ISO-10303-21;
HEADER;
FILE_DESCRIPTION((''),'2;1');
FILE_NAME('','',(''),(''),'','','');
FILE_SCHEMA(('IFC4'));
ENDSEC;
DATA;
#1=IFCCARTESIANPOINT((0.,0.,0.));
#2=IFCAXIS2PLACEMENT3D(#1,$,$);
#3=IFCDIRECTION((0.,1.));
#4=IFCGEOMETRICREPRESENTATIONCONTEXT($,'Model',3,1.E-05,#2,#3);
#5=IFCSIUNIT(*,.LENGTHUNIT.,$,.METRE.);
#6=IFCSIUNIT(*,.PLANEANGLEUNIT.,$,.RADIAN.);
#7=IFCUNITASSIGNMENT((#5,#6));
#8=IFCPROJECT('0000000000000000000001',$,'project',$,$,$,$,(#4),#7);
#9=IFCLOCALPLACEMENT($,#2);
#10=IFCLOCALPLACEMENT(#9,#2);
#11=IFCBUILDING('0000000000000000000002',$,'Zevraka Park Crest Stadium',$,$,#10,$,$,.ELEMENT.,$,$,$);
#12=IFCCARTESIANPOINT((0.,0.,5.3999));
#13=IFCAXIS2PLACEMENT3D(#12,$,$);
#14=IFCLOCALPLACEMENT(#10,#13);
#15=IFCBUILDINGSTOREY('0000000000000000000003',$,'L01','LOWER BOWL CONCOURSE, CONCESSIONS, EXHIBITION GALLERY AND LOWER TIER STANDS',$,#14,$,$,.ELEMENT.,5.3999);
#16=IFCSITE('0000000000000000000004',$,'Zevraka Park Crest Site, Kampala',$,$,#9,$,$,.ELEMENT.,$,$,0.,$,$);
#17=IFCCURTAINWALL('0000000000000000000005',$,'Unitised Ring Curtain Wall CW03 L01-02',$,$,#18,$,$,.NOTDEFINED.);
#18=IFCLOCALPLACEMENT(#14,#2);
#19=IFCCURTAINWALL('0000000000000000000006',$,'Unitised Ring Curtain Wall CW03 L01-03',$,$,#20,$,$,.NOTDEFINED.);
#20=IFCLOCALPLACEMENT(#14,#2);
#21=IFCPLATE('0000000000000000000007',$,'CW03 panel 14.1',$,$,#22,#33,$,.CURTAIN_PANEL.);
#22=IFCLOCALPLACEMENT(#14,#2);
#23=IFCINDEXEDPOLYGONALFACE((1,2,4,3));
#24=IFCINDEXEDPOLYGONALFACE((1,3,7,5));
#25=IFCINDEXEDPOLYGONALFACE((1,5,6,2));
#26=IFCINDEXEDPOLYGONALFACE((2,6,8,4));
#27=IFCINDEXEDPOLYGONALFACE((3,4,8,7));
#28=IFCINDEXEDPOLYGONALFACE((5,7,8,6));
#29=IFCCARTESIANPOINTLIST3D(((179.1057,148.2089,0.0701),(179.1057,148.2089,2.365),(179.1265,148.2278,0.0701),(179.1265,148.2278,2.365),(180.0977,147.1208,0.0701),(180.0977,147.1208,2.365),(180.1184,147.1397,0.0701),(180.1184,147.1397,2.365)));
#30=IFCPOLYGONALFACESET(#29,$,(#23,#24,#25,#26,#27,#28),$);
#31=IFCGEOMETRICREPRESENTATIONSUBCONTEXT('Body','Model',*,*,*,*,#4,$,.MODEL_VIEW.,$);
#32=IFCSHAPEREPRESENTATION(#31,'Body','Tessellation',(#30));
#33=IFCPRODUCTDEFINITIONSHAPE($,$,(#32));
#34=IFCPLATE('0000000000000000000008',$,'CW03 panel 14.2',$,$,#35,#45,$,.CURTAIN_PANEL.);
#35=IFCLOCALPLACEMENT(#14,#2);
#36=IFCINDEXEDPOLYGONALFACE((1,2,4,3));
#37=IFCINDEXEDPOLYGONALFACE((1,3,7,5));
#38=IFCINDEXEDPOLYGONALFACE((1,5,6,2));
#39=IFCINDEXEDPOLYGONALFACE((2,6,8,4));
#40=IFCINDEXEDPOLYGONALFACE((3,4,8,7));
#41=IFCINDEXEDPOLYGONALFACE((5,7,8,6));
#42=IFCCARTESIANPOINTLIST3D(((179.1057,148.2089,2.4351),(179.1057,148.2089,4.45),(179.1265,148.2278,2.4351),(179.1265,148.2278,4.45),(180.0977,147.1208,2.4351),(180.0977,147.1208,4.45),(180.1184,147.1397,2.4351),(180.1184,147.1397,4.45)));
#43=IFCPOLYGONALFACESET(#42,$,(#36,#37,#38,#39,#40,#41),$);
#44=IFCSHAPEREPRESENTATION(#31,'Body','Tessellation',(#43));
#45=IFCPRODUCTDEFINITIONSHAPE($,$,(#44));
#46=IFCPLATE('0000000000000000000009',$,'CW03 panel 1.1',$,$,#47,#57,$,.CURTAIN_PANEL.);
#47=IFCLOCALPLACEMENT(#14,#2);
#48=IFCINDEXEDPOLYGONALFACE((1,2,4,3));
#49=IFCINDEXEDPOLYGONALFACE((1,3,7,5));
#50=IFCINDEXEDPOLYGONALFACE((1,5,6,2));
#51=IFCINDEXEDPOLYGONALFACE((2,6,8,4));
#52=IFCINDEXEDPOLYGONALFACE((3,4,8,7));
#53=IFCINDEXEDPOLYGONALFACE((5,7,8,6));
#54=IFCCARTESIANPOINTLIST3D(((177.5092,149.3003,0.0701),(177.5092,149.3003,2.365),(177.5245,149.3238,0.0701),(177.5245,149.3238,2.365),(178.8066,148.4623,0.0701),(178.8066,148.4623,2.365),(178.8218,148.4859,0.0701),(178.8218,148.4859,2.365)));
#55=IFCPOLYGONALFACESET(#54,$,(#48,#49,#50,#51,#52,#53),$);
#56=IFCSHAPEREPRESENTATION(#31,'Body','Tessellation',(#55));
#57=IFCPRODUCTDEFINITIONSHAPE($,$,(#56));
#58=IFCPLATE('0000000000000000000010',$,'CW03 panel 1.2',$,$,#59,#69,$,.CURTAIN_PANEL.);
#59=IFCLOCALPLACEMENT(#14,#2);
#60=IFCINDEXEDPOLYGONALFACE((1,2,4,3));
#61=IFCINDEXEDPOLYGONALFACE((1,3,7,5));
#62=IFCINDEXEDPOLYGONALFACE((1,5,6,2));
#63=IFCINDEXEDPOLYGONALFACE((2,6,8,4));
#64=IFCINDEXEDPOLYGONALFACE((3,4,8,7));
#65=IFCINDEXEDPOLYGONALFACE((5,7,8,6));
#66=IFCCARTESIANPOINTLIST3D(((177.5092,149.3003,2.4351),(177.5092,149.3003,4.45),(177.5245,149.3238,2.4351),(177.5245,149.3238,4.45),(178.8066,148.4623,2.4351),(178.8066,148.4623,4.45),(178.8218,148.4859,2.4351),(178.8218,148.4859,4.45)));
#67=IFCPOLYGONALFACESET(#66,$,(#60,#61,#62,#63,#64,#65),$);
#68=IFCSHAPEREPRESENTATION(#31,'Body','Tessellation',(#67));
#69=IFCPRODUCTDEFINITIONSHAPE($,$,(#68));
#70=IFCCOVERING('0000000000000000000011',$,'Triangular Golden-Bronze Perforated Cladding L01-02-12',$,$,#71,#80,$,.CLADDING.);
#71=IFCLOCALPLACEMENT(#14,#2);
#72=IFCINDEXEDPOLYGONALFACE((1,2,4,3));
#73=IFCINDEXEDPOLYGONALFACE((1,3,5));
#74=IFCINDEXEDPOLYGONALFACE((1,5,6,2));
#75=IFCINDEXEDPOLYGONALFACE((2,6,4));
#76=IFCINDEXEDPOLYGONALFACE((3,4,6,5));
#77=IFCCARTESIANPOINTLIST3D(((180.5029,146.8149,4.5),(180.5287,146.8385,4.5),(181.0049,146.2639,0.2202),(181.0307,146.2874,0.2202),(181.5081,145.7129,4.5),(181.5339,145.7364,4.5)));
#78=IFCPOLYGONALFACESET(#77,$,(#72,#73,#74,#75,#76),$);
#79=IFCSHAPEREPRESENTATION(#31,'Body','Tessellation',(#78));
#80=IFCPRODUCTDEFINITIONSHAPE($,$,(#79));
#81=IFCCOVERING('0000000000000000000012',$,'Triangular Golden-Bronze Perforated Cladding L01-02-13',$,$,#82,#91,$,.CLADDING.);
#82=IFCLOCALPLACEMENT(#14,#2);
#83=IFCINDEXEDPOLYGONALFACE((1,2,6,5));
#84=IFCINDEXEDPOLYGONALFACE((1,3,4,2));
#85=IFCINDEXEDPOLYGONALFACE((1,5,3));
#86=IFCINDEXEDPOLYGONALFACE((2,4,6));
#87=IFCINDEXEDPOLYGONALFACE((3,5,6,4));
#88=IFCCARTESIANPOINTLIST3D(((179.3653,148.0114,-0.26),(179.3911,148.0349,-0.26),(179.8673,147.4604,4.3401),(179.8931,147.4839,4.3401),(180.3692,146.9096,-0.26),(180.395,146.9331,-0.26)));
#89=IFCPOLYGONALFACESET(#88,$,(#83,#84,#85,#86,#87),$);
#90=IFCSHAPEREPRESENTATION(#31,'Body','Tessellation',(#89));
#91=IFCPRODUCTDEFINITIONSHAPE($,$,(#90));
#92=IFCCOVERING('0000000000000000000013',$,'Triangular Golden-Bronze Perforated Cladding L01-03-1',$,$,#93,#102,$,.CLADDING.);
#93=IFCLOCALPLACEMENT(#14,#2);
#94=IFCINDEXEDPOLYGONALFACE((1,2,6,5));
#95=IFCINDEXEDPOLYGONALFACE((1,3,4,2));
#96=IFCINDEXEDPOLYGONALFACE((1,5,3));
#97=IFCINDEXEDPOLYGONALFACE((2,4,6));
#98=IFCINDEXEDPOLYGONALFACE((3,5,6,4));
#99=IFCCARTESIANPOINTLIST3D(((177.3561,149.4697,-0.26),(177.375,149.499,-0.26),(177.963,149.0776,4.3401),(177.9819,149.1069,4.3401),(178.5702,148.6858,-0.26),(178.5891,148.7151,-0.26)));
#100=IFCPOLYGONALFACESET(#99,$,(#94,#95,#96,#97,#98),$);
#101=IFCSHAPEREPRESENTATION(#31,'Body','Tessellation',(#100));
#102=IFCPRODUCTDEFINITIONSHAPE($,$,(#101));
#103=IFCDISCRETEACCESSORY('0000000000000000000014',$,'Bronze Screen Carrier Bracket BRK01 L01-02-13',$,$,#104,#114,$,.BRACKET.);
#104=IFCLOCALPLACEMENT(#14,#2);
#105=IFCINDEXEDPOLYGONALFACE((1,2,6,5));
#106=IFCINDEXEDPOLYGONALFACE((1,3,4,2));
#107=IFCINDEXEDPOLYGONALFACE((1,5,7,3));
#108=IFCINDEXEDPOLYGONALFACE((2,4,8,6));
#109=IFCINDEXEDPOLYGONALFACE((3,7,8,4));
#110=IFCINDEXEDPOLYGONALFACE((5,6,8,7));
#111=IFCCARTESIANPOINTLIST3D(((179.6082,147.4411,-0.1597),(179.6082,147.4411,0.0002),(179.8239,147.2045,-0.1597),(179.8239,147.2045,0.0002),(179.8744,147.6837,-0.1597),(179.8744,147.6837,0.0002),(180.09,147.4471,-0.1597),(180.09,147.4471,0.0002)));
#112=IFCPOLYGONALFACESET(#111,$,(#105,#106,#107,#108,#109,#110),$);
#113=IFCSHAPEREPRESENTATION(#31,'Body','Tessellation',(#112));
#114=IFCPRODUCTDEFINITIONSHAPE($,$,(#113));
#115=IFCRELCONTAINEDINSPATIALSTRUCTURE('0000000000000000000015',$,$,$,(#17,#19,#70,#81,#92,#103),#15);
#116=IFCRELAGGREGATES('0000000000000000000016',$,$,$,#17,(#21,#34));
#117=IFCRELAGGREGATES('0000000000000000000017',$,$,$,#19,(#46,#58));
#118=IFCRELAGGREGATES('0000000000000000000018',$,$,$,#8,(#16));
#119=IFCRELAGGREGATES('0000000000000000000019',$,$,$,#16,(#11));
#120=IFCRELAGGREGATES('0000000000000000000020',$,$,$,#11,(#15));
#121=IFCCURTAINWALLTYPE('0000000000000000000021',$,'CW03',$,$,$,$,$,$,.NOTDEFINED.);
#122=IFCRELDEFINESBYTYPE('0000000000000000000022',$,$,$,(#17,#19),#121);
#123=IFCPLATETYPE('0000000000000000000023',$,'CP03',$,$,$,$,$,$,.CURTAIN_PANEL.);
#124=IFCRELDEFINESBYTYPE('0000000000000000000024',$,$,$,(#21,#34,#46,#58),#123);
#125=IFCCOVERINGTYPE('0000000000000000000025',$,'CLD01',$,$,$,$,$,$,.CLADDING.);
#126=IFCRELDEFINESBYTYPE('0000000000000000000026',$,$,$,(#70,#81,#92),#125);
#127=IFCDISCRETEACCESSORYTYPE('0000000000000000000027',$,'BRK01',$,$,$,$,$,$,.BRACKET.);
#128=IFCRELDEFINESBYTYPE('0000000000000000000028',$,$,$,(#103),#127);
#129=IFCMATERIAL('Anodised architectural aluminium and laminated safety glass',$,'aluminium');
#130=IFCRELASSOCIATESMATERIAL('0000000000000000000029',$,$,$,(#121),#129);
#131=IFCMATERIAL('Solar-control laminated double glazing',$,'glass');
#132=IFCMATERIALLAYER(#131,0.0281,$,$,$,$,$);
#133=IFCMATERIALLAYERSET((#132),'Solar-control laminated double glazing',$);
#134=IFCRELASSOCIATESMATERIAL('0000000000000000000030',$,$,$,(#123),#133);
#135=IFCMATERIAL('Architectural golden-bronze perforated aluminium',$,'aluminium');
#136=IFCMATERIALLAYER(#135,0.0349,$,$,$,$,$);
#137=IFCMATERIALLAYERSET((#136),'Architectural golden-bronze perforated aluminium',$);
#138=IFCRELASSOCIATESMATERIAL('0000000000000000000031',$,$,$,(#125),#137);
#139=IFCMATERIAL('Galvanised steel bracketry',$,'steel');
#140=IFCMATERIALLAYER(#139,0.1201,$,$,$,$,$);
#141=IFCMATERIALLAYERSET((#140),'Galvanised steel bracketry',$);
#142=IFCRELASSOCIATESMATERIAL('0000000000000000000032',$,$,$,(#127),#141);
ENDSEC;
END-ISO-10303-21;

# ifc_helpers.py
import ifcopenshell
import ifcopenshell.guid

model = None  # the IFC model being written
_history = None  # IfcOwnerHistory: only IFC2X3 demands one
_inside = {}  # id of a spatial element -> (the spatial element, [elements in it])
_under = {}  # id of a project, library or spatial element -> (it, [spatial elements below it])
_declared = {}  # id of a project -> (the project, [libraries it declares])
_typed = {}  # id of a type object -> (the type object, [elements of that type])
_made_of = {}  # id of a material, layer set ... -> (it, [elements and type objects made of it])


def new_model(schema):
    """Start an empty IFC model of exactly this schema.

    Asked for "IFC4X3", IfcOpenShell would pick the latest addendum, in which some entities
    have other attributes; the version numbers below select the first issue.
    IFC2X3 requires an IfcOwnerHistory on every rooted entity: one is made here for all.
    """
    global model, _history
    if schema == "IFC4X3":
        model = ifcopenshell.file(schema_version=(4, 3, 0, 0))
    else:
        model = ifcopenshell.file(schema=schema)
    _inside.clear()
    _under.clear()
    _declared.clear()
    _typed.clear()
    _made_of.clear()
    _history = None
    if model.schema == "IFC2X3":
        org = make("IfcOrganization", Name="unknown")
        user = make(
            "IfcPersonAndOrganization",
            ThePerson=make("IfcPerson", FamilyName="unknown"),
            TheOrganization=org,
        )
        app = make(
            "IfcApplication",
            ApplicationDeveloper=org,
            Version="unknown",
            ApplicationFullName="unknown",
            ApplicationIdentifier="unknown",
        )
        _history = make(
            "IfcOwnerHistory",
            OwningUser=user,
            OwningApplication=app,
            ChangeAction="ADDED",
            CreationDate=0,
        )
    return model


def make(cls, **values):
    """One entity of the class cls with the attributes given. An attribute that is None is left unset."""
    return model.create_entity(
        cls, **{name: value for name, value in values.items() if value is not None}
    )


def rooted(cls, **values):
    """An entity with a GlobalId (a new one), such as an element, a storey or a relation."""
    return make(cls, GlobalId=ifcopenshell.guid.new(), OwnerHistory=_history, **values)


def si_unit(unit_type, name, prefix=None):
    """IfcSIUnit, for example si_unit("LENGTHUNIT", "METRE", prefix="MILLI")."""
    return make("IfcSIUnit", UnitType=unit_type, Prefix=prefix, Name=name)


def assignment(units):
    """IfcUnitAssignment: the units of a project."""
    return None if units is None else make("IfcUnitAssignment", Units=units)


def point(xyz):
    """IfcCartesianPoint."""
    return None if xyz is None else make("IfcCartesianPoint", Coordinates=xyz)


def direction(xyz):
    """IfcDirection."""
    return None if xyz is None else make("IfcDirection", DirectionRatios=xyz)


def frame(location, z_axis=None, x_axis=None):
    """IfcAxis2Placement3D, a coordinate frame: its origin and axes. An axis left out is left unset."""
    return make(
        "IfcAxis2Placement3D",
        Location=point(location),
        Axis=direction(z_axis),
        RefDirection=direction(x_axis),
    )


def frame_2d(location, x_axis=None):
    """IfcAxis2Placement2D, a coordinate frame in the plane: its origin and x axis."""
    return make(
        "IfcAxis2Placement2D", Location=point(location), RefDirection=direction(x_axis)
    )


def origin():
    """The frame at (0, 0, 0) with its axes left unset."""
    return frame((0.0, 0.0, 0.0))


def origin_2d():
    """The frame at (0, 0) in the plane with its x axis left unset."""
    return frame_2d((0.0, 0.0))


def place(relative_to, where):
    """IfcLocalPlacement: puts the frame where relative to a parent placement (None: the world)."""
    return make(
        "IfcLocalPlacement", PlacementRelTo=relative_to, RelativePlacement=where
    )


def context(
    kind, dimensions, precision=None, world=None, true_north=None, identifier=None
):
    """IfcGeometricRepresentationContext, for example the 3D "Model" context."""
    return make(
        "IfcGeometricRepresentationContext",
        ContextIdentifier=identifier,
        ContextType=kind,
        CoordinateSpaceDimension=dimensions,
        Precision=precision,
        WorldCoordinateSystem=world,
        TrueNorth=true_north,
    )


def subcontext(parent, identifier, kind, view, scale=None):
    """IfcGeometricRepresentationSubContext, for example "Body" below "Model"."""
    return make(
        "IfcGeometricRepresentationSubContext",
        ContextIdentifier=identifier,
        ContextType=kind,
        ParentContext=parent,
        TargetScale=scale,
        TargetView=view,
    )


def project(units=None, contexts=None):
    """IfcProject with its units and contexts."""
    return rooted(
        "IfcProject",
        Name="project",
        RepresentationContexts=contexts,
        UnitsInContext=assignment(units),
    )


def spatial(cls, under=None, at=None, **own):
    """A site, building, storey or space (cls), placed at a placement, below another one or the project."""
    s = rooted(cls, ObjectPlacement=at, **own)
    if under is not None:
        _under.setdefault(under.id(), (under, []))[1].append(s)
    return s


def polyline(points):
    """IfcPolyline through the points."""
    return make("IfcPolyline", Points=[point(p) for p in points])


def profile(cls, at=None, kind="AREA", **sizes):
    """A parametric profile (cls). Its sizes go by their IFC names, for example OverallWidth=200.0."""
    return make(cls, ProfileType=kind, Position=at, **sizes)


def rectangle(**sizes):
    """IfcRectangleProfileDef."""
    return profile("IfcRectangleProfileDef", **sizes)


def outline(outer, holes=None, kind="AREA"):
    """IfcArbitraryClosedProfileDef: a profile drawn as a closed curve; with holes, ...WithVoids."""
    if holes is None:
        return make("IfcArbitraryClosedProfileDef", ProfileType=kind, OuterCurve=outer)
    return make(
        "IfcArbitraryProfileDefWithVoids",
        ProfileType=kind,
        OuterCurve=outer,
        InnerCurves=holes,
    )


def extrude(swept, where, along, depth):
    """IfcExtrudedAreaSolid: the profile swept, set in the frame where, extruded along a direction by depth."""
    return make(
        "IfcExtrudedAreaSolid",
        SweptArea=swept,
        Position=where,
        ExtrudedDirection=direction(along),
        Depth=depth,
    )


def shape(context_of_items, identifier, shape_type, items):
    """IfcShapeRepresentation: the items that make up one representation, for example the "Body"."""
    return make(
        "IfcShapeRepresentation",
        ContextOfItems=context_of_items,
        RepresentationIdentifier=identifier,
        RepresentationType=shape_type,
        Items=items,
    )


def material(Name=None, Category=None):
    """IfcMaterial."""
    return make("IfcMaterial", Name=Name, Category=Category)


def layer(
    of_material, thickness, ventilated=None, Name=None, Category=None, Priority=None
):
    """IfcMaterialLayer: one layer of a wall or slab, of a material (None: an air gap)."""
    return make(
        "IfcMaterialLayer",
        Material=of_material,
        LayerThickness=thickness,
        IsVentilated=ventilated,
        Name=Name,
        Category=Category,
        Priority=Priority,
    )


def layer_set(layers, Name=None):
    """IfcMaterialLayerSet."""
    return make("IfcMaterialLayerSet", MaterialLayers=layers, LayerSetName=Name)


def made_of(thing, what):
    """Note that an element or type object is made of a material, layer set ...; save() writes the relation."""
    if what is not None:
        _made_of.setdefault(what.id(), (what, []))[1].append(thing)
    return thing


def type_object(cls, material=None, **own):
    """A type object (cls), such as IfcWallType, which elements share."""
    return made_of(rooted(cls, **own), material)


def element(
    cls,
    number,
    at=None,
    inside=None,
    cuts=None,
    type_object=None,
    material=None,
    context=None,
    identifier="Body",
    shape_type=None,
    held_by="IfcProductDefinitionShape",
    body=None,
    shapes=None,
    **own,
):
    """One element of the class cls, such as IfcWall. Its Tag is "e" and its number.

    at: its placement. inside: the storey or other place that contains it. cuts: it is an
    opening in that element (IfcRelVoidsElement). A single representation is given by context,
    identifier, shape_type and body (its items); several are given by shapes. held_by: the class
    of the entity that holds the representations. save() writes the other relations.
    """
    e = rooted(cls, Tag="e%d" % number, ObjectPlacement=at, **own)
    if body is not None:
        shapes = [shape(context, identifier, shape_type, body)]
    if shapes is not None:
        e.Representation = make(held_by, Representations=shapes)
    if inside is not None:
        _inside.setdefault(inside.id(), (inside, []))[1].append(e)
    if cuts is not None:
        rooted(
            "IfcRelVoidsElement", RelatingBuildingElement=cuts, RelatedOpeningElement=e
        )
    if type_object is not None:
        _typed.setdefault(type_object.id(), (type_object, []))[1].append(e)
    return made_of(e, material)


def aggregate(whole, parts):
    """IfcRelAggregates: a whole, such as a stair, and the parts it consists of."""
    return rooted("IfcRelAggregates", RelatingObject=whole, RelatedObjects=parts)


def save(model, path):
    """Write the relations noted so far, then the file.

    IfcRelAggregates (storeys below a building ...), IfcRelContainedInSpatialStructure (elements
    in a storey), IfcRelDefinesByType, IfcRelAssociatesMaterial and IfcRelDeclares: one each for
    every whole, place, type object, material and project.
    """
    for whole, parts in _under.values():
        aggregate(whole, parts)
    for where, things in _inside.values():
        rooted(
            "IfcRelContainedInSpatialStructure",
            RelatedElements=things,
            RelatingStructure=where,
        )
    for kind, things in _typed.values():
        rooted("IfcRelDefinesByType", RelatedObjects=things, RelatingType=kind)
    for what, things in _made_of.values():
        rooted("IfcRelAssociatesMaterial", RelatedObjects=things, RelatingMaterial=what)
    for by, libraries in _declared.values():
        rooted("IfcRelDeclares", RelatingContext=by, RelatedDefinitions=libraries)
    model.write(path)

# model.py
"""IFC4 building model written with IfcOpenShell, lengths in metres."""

from ifc_helpers import new_model, si_unit, direction, frame, origin, origin_2d, place, context, subcontext, project, spatial, polyline, rectangle, outline, extrude, material, layer, layer_set, type_object, element, aggregate, save


model = new_model("IFC4")

# Units and contexts
model_context = context("Model", 3, precision=1e-05, world=origin(), true_north=direction((0.0, 1.0)))
body_context = subcontext(model_context, "Body", "Model", "MODEL_VIEW")
ifc_project = project(units=[si_unit("LENGTHUNIT", "METRE"), si_unit("PLANEANGLEUNIT", "RADIAN")], contexts=[model_context])

# Site, building, storey
site_placement = place(None, origin())
site = spatial("IfcSite", under=ifc_project, at=site_placement, Name="Zevraka Park Crest Site, Kampala", CompositionType="ELEMENT", RefElevation=0.0)
building_placement = place(site_placement, origin())
building = spatial("IfcBuilding", under=site, at=building_placement, Name="Zevraka Park Crest Stadium", CompositionType="ELEMENT")
storey_placement = place(building_placement, frame((0.0, 0.0, 5.3999)))
storey = spatial("IfcBuildingStorey", under=building, at=storey_placement, Name="L01", Description="LOWER BOWL CONCOURSE, CONCESSIONS, EXHIBITION GALLERY AND LOWER TIER STANDS", CompositionType="ELEMENT", Elevation=5.3999)

# Curtain wall
ifc_material_1 = material(Name="Anodised architectural aluminium and laminated safety glass", Category="aluminium")
curtain_wall_type = type_object("IfcCurtainWallType", Name="CW03", PredefinedType="NOTDEFINED", material=ifc_material_1)
curtain_wall_1_placement = place(storey_placement, origin())
curtain_wall_1 = element("IfcCurtainWall", 1, at=curtain_wall_1_placement, inside=storey, type_object=curtain_wall_type, Name="Unitised Ring Curtain Wall CW03 L01-02", PredefinedType="NOTDEFINED")

# Curtain wall
curtain_wall_2_placement = place(storey_placement, origin())
curtain_wall_2 = element("IfcCurtainWall", 2, at=curtain_wall_2_placement, inside=storey, type_object=curtain_wall_type, Name="Unitised Ring Curtain Wall CW03 L01-03", PredefinedType="NOTDEFINED")

# Plates
ifc_material_2 = material(Name="Solar-control laminated double glazing", Category="glass")
ifc_layer_1 = layer(ifc_material_2, 0.0281)
ifc_layer_set_1 = layer_set([ifc_layer_1], Name="Solar-control laminated double glazing")
plate_type = type_object("IfcPlateType", Name="CP03", PredefinedType="CURTAIN_PANEL", material=ifc_layer_set_1)
plate_1_placement = place(storey_placement, frame((179.6121, 147.6743, 0.0701), z_axis=(0.0, 0.0, 1.0), x_axis=(-0.67368, 0.739023, 0.0)))
plate_1 = element("IfcPlate", 3, at=plate_1_placement, type_object=plate_type, Name="CW03 panel 14.1", PredefinedType="CURTAIN_PANEL", context=body_context, shape_type="SweptSolid", body=[
    extrude(rectangle(XDim=1.4724, YDim=0.0281, at=origin_2d()), origin(), (0.0, 0.0, 1.0), 2.2949),
])
plate_2_placement = place(storey_placement, frame((179.6121, 147.6743, 2.4351), z_axis=(0.0, 0.0, 1.0), x_axis=(-0.67368, 0.739023, 0.0)))
plate_2 = element("IfcPlate", 4, at=plate_2_placement, type_object=plate_type, Name="CW03 panel 14.2", PredefinedType="CURTAIN_PANEL", context=body_context, shape_type="SweptSolid", body=[
    extrude(rectangle(XDim=1.4724, YDim=0.0281, at=origin_2d()), origin(), (0.0, 0.0, 1.0), 2.0149),
])
aggregate(curtain_wall_1, [plate_1, plate_2])
plate_3_placement = place(storey_placement, frame((178.1655, 148.8931, 0.0701), z_axis=(0.0, 0.0, 1.0), x_axis=(-0.84001, 0.542571, 0.0)))
plate_3 = element("IfcPlate", 5, at=plate_3_placement, type_object=plate_type, Name="CW03 panel 1.1", PredefinedType="CURTAIN_PANEL", context=body_context, shape_type="SweptSolid", body=[
    extrude(rectangle(XDim=1.5444, YDim=0.0281, at=origin_2d()), origin(), (0.0, 0.0, 1.0), 2.2949),
])
plate_4_placement = place(storey_placement, frame((178.1655, 148.8931, 2.4351), z_axis=(0.0, 0.0, 1.0), x_axis=(-0.84001, 0.542571, 0.0)))
plate_4 = element("IfcPlate", 6, at=plate_4_placement, type_object=plate_type, Name="CW03 panel 1.2", PredefinedType="CURTAIN_PANEL", context=body_context, shape_type="SweptSolid", body=[
    extrude(rectangle(XDim=1.5444, YDim=0.0281, at=origin_2d()), origin(), (0.0, 0.0, 1.0), 2.0149),
])
aggregate(curtain_wall_2, [plate_3, plate_4])

# Coverings
ifc_material_3 = material(Name="Architectural golden-bronze perforated aluminium", Category="aluminium")
ifc_layer_2 = layer(ifc_material_3, 0.0349)
ifc_layer_set_2 = layer_set([ifc_layer_2], Name="Architectural golden-bronze perforated aluminium")
covering_type = type_object("IfcCoveringType", Name="CLD01", PredefinedType="CLADDING", material=ifc_layer_set_2)
covering_1_placement = place(storey_placement, frame((180.5029, 146.8149, 4.5), z_axis=(-0.73885, -0.67387, 0.000105), x_axis=(0.67387, -0.73885, 0.0)))
element("IfcCovering", 7, at=covering_1_placement, inside=storey, type_object=covering_type, Name="Triangular Golden-Bronze Perforated Cladding L01-02-12", PredefinedType="CLADDING", context=body_context, shape_type="SweptSolid", body=[
    extrude(outline(polyline([(0.0, 0.0), (1.4916, 0.0), (0.7454, -4.2798), (0.0, 0.0)])), origin(), (0.0, 0.0, -1.0), 0.0349),
])
covering_2_placement = place(storey_placement, frame((180.395, 146.9331, -0.26), z_axis=(0.739184, 0.673504, 0.000018), x_axis=(-0.673504, 0.739184, 0.0)))
element("IfcCovering", 8, at=covering_2_placement, inside=storey, type_object=covering_type, Name="Triangular Golden-Bronze Perforated Cladding L01-02-13", PredefinedType="CLADDING", context=body_context, shape_type="SweptSolid", body=[
    extrude(outline(polyline([(0.0, 0.0), (1.4906, 0.0), (0.7452, 4.6001), (0.0, 0.0)])), origin(), (0.0, 0.0, -1.0), 0.0349),
])
covering_3_placement = place(storey_placement, frame((178.5891, 148.7151, -0.26), z_axis=(0.542439, 0.840096, 0.000037), x_axis=(-0.840096, 0.542439, 0.0)))
element("IfcCovering", 9, at=covering_3_placement, inside=storey, type_object=covering_type, Name="Triangular Golden-Bronze Perforated Cladding L01-03-1", PredefinedType="CLADDING", context=body_context, shape_type="SweptSolid", body=[
    extrude(outline(polyline([(0.0, 0.0), (1.4452, 0.0), (0.7226, 4.6001), (0.0, 0.0)])), origin(), (0.0, 0.0, -1.0), 0.0349),
])

# Discrete accessory
ifc_material_4 = material(Name="Galvanised steel bracketry", Category="steel")
ifc_layer_3 = layer(ifc_material_4, 0.1201)
ifc_layer_set_3 = layer_set([ifc_layer_3], Name="Galvanised steel bracketry")
discrete_accessory_type = type_object("IfcDiscreteAccessoryType", Name="BRK01", PredefinedType="BRACKET", material=ifc_layer_set_3)
discrete_accessory_placement = place(storey_placement, frame((179.8491, 147.4441, -0.1597), z_axis=(0.0, 0.0, 1.0), x_axis=(-0.673658, 0.739043, 0.0)))
element("IfcDiscreteAccessory", 10, at=discrete_accessory_placement, inside=storey, type_object=discrete_accessory_type, Name="Bronze Screen Carrier Bracket BRK01 L01-02-13", PredefinedType="BRACKET", context=body_context, shape_type="SweptSolid", body=[
    extrude(rectangle(XDim=0.3201, YDim=0.3601, at=origin_2d()), origin(), (0.0, 0.0, 1.0), 0.1599),
])

save(model, "model.ifc")
